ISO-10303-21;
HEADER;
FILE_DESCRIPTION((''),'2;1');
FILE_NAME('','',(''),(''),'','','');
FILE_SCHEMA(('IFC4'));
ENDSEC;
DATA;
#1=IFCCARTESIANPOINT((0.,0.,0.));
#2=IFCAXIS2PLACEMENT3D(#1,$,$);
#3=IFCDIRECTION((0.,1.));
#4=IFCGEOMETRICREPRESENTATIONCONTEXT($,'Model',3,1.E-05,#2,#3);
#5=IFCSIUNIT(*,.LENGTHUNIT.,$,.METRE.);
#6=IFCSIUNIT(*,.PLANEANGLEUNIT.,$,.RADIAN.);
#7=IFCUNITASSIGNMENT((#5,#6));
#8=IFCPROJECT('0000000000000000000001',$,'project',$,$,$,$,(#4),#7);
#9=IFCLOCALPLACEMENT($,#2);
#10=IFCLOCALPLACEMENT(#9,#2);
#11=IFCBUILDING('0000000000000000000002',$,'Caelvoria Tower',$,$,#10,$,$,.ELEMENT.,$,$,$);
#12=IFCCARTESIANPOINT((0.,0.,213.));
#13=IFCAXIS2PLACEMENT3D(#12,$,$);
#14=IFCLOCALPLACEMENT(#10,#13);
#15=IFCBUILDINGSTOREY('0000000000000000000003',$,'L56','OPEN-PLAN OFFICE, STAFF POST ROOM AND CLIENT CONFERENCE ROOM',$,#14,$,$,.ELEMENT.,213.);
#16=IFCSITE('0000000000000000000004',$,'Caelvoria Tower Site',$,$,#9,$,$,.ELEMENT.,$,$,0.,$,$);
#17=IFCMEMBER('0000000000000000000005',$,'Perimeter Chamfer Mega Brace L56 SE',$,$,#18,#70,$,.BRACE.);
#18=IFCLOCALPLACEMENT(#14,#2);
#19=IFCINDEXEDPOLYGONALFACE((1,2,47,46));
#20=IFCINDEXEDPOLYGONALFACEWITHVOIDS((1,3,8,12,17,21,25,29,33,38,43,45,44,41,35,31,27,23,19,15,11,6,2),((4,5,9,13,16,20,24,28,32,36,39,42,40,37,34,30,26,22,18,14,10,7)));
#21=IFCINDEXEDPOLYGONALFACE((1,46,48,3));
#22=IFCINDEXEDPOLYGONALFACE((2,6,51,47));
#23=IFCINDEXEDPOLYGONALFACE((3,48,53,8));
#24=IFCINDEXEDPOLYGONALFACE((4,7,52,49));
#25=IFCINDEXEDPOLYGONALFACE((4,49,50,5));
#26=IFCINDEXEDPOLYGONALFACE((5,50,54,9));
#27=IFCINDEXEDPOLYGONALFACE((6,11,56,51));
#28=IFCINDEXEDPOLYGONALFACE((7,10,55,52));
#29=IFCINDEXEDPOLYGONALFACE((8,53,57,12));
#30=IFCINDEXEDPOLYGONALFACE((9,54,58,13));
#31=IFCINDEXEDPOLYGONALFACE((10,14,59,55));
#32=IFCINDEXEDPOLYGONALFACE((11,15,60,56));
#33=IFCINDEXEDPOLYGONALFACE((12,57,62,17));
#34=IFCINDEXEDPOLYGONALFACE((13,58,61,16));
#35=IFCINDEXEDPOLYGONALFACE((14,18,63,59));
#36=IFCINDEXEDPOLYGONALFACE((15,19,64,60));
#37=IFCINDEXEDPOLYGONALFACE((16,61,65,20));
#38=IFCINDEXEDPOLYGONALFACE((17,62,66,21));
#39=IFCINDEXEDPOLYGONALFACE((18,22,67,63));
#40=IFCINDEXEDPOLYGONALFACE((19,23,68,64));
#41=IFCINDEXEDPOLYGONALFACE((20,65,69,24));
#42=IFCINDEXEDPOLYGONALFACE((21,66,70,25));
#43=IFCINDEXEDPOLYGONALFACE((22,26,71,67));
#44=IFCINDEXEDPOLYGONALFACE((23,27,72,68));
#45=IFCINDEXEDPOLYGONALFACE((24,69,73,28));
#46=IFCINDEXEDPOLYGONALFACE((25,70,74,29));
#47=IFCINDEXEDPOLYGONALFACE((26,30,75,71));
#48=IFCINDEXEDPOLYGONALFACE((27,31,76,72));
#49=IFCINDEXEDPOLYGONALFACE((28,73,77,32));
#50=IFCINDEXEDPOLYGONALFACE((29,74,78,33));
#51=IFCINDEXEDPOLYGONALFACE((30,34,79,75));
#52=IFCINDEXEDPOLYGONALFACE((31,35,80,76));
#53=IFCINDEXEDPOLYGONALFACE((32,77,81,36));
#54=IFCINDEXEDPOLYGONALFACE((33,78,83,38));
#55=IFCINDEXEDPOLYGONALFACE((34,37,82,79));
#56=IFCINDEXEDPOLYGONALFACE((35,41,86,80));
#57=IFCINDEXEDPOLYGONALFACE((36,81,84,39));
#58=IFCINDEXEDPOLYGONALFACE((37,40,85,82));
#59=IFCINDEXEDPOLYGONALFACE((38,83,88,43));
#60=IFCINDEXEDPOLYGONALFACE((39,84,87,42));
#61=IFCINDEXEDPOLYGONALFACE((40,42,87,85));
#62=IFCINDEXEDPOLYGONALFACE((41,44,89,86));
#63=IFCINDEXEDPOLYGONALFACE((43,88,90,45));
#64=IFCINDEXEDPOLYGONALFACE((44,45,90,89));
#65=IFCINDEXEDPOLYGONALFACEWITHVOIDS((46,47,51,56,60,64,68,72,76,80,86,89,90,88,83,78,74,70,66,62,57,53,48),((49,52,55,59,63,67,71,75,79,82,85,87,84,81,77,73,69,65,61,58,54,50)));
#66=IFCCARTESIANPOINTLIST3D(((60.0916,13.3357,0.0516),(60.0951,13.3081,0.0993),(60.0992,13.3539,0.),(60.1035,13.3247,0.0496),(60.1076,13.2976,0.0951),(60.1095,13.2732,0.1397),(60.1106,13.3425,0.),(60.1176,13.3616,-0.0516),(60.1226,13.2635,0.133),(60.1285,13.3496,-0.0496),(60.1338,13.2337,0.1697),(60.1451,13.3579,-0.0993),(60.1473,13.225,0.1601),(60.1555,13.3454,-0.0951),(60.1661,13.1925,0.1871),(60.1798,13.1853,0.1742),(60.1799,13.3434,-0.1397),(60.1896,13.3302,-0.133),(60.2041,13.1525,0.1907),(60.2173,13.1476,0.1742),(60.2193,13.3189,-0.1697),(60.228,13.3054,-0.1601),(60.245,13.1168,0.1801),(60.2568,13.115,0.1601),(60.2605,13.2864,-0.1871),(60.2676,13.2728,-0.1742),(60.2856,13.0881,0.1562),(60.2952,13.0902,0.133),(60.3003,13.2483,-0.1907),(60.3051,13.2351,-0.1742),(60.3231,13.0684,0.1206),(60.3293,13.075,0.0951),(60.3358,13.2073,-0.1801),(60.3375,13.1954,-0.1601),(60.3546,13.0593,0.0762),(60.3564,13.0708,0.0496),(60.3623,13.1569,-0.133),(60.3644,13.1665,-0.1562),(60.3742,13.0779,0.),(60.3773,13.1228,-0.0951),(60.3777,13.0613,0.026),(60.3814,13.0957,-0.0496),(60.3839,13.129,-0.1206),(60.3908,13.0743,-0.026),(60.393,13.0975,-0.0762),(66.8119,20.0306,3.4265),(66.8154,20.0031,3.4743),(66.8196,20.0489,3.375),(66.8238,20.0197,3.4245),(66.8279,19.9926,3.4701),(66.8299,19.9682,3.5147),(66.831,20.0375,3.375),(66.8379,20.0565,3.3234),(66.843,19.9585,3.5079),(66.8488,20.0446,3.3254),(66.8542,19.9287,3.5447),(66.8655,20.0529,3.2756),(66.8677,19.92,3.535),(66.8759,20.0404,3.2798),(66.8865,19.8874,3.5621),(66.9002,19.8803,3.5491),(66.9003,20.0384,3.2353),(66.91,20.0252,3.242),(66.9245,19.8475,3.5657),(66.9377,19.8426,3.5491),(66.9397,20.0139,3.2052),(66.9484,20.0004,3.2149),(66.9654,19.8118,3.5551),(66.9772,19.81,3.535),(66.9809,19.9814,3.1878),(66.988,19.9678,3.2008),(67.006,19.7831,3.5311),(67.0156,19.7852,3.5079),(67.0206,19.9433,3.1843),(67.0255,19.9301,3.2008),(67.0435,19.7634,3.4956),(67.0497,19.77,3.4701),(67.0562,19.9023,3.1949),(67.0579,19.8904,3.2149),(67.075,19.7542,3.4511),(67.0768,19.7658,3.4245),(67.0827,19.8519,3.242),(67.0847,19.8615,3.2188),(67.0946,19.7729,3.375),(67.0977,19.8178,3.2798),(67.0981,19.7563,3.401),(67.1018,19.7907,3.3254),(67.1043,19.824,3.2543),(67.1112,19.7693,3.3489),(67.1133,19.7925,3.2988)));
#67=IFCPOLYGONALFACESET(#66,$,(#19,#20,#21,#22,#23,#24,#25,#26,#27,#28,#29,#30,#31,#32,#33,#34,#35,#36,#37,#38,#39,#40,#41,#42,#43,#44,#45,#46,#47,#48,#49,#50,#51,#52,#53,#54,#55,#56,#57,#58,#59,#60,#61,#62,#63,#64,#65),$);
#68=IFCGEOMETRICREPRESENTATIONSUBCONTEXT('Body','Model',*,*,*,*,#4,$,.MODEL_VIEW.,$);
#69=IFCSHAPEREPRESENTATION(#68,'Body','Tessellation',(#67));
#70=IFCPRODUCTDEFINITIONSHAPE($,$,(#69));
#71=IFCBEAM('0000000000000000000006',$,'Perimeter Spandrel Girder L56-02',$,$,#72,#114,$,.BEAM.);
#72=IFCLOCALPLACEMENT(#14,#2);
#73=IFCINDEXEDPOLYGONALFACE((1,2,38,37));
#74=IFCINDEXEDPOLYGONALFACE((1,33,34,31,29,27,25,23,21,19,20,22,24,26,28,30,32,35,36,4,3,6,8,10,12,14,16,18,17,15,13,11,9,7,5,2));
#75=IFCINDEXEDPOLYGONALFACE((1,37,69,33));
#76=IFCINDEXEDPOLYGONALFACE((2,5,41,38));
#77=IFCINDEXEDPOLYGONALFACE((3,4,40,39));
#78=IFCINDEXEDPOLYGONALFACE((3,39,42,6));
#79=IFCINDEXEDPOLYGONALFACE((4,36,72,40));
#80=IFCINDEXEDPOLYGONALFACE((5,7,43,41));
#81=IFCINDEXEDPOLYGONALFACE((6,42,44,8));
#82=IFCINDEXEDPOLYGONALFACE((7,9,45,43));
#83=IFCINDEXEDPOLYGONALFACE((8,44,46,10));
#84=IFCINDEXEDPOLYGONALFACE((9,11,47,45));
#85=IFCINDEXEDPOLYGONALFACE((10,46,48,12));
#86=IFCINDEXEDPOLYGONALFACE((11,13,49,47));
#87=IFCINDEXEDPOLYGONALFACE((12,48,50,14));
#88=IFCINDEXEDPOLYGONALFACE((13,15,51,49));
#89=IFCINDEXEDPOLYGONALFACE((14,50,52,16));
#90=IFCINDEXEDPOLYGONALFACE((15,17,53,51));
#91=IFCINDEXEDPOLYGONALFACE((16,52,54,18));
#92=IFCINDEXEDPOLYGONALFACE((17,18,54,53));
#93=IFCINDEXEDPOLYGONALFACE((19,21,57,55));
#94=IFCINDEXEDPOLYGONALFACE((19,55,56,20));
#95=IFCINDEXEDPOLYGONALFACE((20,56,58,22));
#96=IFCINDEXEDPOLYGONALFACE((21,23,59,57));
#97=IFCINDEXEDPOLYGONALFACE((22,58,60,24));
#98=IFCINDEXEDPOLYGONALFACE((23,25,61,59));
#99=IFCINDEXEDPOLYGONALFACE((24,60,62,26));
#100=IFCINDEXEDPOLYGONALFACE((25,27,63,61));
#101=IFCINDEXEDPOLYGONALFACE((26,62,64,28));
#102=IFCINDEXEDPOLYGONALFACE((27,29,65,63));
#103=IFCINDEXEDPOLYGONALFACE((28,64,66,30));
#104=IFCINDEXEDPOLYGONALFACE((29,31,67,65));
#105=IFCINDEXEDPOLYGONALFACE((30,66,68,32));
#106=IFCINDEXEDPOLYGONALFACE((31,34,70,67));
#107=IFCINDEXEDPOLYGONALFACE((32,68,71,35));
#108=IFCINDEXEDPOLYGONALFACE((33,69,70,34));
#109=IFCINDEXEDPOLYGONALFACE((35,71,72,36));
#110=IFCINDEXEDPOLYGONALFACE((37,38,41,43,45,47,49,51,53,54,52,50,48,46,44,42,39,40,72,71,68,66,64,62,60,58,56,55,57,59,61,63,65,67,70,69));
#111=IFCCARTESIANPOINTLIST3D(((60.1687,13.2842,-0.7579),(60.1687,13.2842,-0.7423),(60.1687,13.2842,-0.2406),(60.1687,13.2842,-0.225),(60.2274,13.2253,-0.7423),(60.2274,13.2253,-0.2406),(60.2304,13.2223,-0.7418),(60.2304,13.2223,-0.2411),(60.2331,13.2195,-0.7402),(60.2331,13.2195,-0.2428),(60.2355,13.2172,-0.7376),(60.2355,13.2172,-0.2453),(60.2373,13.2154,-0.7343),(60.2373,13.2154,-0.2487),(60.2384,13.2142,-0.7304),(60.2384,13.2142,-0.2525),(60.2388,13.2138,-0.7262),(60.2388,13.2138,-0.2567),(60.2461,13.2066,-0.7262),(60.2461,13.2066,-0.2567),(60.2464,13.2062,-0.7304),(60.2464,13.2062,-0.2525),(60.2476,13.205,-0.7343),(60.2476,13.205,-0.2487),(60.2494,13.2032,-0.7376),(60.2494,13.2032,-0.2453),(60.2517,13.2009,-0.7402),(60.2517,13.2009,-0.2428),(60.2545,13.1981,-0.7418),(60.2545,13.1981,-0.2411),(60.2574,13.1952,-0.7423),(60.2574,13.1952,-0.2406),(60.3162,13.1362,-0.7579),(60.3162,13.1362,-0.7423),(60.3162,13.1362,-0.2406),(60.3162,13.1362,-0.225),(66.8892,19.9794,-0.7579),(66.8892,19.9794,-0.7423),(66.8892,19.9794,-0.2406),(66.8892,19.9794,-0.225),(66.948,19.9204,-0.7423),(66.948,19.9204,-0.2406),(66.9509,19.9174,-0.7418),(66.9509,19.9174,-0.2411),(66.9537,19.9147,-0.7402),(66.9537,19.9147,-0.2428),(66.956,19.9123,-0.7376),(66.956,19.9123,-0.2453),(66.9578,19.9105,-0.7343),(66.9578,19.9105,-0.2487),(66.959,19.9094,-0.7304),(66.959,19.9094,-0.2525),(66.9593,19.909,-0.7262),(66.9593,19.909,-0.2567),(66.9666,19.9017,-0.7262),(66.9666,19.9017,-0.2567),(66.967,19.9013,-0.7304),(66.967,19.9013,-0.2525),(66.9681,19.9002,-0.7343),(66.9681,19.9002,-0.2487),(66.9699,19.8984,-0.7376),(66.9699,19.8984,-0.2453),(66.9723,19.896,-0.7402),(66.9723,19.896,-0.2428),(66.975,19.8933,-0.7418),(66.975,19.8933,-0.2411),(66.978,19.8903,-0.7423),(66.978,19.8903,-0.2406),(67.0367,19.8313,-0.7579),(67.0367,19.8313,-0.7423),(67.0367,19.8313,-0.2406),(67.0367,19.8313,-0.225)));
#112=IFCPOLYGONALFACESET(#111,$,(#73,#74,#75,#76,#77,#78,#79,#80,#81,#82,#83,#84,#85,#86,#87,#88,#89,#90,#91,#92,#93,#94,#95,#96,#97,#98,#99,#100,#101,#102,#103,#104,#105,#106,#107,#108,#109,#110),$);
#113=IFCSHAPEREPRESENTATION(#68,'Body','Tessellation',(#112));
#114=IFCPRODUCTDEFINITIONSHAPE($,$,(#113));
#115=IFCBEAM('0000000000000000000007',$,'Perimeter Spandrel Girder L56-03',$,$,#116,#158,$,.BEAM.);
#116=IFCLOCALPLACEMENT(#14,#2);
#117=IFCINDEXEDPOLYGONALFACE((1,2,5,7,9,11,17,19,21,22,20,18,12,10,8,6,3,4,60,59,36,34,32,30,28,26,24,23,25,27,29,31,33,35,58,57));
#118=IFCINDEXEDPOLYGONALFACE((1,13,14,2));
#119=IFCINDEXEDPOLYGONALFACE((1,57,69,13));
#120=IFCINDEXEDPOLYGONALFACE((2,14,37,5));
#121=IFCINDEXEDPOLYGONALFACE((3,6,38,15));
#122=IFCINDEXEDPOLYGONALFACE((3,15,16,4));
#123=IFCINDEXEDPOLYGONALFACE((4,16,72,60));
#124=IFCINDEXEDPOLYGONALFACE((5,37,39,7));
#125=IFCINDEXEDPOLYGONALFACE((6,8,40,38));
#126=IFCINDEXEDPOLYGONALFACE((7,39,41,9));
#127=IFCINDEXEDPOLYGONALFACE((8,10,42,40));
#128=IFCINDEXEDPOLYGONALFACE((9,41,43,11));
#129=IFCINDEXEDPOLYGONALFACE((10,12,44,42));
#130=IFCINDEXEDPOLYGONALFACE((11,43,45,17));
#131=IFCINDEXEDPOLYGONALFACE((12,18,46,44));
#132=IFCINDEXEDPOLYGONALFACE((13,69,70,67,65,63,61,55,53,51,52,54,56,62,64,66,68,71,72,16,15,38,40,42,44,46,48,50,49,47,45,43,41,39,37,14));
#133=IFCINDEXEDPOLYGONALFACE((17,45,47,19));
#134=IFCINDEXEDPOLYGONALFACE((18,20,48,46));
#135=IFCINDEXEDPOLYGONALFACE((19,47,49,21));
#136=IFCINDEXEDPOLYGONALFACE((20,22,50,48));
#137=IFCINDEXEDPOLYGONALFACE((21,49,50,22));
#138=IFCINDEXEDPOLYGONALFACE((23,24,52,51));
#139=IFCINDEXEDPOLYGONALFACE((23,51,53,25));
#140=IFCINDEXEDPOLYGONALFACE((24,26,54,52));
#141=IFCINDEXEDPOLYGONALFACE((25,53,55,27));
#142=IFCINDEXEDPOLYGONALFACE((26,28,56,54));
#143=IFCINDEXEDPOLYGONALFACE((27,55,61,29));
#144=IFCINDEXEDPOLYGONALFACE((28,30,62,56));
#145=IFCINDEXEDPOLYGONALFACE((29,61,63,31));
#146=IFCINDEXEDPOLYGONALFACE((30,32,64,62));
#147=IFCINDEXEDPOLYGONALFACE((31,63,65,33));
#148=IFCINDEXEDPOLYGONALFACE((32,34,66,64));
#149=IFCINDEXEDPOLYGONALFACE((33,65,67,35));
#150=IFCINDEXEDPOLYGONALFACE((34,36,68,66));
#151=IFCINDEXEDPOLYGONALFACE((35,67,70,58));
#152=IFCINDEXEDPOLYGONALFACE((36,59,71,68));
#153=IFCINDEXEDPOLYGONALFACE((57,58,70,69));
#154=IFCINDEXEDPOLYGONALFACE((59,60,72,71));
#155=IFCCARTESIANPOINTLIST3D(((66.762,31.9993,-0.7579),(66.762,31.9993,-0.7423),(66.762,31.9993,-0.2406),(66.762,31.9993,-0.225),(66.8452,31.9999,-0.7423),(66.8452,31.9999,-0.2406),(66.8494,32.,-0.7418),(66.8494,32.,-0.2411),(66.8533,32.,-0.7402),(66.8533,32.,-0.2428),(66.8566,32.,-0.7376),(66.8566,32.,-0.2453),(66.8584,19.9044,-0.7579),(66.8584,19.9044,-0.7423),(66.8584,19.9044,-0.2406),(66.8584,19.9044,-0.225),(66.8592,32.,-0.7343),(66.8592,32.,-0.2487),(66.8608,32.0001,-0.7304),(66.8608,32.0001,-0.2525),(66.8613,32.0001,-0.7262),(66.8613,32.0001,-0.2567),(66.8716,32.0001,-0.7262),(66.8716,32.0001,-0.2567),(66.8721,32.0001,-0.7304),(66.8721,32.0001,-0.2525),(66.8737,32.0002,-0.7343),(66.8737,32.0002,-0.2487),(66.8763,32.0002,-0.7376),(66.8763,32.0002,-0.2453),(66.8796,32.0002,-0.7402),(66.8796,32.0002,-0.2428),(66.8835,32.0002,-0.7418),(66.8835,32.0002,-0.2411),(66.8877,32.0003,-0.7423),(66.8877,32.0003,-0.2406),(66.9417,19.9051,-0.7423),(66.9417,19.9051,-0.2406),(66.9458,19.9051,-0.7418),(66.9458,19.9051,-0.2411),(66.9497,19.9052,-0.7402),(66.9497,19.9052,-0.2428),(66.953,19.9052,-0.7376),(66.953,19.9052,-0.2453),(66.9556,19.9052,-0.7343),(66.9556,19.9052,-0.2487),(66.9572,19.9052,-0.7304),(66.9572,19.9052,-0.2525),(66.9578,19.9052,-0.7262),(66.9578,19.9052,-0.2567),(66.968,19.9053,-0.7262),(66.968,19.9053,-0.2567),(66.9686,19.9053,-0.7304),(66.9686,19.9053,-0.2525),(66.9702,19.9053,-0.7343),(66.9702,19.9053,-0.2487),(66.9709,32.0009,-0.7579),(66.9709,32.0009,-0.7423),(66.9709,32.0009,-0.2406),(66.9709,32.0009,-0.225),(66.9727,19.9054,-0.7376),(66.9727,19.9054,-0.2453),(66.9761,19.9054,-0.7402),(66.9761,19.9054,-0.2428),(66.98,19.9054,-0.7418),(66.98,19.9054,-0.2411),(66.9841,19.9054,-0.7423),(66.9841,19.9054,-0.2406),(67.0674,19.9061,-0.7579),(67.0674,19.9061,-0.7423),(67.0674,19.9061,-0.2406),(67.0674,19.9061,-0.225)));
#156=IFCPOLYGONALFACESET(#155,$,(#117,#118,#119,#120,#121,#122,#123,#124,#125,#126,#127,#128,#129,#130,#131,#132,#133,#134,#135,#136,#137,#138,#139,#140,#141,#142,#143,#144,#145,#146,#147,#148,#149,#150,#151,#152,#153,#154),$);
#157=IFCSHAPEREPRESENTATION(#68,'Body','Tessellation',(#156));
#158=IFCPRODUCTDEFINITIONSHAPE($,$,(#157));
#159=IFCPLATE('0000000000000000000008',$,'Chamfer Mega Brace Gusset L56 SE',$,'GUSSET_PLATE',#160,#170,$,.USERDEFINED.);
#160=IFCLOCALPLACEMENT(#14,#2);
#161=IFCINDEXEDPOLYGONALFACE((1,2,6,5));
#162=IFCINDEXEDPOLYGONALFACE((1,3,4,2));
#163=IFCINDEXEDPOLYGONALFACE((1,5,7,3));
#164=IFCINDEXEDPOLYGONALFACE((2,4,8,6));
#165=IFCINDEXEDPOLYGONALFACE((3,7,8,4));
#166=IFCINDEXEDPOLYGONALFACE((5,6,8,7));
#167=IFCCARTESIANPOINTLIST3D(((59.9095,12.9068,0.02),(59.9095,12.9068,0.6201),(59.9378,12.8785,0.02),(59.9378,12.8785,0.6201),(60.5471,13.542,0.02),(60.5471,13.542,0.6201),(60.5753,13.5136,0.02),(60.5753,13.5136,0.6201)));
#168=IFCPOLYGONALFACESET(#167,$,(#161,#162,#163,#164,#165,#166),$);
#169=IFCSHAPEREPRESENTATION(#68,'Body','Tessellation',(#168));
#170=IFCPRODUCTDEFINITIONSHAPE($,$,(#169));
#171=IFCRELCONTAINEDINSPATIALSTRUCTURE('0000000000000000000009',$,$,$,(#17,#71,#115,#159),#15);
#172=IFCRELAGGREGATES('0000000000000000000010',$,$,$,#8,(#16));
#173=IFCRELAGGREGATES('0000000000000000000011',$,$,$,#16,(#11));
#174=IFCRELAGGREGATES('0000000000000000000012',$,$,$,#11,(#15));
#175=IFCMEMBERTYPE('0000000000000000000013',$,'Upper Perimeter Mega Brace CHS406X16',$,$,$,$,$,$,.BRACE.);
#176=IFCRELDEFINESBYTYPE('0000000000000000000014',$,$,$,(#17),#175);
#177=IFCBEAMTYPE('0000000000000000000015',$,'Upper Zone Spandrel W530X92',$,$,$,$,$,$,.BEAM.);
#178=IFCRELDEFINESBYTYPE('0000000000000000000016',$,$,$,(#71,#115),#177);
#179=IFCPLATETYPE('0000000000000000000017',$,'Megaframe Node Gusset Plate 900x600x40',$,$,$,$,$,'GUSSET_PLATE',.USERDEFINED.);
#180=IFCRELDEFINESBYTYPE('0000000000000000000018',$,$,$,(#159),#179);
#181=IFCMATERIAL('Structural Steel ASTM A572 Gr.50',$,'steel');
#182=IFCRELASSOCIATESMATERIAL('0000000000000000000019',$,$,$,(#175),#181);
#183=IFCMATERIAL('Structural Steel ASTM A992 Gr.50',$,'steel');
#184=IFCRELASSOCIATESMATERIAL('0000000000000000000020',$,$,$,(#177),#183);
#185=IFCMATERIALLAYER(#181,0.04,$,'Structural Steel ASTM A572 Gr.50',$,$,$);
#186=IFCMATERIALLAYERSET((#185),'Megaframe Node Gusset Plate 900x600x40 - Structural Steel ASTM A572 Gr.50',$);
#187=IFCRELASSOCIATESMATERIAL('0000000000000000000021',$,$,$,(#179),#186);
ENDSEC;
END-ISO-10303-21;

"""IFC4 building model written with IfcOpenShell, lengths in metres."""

from ifc_helpers import new_model, si_unit, direction, frame, origin, origin_2d, place, context, subcontext, project, spatial, rectangle, hollow_circle, i_section, extrude, material, layer, layer_set, material_profile, profile_set, type_object, element, save


model = new_model("IFC4")

# Units and contexts
model_context = context("Model", 3, precision=1e-05, world=origin(), true_north=direction((0.0, 1.0)))
body_context = subcontext(model_context, "Body", "Model", "MODEL_VIEW")
ifc_project = project(units=[si_unit("LENGTHUNIT", "METRE"), si_unit("PLANEANGLEUNIT", "RADIAN")], contexts=[model_context])

# Site, building, storey
site_placement = place(None, origin())
site = spatial("IfcSite", under=ifc_project, at=site_placement, Name="Caelvoria Tower Site", CompositionType="ELEMENT", RefElevation=0.0)
building_placement = place(site_placement, origin())
building = spatial("IfcBuilding", under=site, at=building_placement, Name="Caelvoria Tower", CompositionType="ELEMENT")
storey_placement = place(building_placement, frame((0.0, 0.0, 213.0)))
storey = spatial("IfcBuildingStorey", under=building, at=storey_placement, Name="L56", Description="OPEN-PLAN OFFICE, STAFF POST ROOM AND CLIENT CONFERENCE ROOM", CompositionType="ELEMENT", Elevation=213.0)

# Shared definitions
ifc_material_1 = material(Name="Structural Steel ASTM A572 Gr.50", Category="steel")
ifc_material_2 = material(Name="Structural Steel ASTM A992 Gr.50", Category="steel")

# Member
ifc_material_profile_1 = material_profile(ifc_material_1, hollow_circle(Radius=0.2029, WallThickness=0.0161, at=origin_2d()), Name="Structural Steel ASTM A572 Gr.50")
ifc_profile_set_1 = profile_set([ifc_material_profile_1], Name="CHS406X16 - Structural Steel ASTM A572 Gr.50")
member_type = type_object("IfcMemberType", Name="Upper Perimeter Mega Brace CHS406X16", PredefinedType="BRACE", material=ifc_profile_set_1)
member_placement = place(storey_placement, frame((60.2424, 13.2102, 0.0), z_axis=(0.667459, 0.664937, 0.335197), x_axis=(-0.705767, 0.708444, 0.0)))
element("IfcMember", 1, at=member_placement, inside=storey, type_object=member_type, Name="Perimeter Chamfer Mega Brace L56 SE", PredefinedType="BRACE", context=body_context, shape_type="SweptSolid", body=[
    extrude(hollow_circle(Radius=0.2029, WallThickness=0.0161, at=origin_2d()), origin(), (0.0, 0.0, 1.0), 10.0686),
])

# Beams
ifc_material_profile_2 = material_profile(ifc_material_2, i_section(OverallWidth=0.209, OverallDepth=0.533, WebThickness=0.0103, FlangeThickness=0.0156, FilletRadius=0.0161, at=origin_2d()), Name="Structural Steel ASTM A992 Gr.50")
ifc_profile_set_2 = profile_set([ifc_material_profile_2], Name="W530X92 - Structural Steel ASTM A992 Gr.50")
beam_type_1 = type_object("IfcBeamType", Name="Upper Zone Spandrel W530X92", PredefinedType="BEAM", material=ifc_profile_set_2)
beam_1_placement = place(storey_placement, frame((60.2424, 13.2102, -0.4915), z_axis=(0.708444, 0.705767, 0.0), x_axis=(-0.705767, 0.708444, 0.0)))
element("IfcBeam", 2, at=beam_1_placement, inside=storey, type_object=beam_type_1, Name="Perimeter Spandrel Girder L56-02", PredefinedType="BEAM", context=body_context, shape_type="SweptSolid", body=[
    extrude(i_section(OverallWidth=0.209, OverallDepth=0.533, WebThickness=0.0103, FlangeThickness=0.0156, FilletRadius=0.0161, at=origin_2d()), origin(), (0.0, 0.0, 1.0), 9.4863),
])
beam_2_placement = place(storey_placement, frame((66.9629, 19.9053, -0.4915), z_axis=(-0.007973, 0.999968, 0.0), x_axis=(-0.999968, -0.007973, 0.0)))
element("IfcBeam", 3, at=beam_2_placement, inside=storey, type_object=beam_type_1, Name="Perimeter Spandrel Girder L56-03", PredefinedType="BEAM", context=body_context, shape_type="SweptSolid", body=[
    extrude(i_section(OverallWidth=0.209, OverallDepth=0.533, WebThickness=0.0103, FlangeThickness=0.0156, FilletRadius=0.0161, at=origin_2d()), origin(), (0.0, 0.0, 1.0), 12.0952),
])

# Plate
ifc_layer_1 = layer(ifc_material_1, 0.04, Name="Structural Steel ASTM A572 Gr.50")
ifc_layer_set_1 = layer_set([ifc_layer_1], Name="Megaframe Node Gusset Plate 900x600x40 - Structural Steel ASTM A572 Gr.50")
plate_type = type_object("IfcPlateType", Name="Megaframe Node Gusset Plate 900x600x40", ElementType="GUSSET_PLATE", PredefinedType="USERDEFINED", material=ifc_layer_set_1)
plate_placement = place(storey_placement, frame((60.2424, 13.2102, 0.02), z_axis=(0.0, 0.0, 1.0), x_axis=(0.70844, 0.705771, 0.0)))
element("IfcPlate", 4, at=plate_placement, inside=storey, type_object=plate_type, Name="Chamfer Mega Brace Gusset L56 SE", ObjectType="GUSSET_PLATE", PredefinedType="USERDEFINED", context=body_context, shape_type="SweptSolid", body=[
    extrude(rectangle(XDim=0.8999, YDim=0.04, at=origin_2d()), origin(), (0.0, 0.0, 1.0), 0.6001),
])

save(model, "model.ifc")
